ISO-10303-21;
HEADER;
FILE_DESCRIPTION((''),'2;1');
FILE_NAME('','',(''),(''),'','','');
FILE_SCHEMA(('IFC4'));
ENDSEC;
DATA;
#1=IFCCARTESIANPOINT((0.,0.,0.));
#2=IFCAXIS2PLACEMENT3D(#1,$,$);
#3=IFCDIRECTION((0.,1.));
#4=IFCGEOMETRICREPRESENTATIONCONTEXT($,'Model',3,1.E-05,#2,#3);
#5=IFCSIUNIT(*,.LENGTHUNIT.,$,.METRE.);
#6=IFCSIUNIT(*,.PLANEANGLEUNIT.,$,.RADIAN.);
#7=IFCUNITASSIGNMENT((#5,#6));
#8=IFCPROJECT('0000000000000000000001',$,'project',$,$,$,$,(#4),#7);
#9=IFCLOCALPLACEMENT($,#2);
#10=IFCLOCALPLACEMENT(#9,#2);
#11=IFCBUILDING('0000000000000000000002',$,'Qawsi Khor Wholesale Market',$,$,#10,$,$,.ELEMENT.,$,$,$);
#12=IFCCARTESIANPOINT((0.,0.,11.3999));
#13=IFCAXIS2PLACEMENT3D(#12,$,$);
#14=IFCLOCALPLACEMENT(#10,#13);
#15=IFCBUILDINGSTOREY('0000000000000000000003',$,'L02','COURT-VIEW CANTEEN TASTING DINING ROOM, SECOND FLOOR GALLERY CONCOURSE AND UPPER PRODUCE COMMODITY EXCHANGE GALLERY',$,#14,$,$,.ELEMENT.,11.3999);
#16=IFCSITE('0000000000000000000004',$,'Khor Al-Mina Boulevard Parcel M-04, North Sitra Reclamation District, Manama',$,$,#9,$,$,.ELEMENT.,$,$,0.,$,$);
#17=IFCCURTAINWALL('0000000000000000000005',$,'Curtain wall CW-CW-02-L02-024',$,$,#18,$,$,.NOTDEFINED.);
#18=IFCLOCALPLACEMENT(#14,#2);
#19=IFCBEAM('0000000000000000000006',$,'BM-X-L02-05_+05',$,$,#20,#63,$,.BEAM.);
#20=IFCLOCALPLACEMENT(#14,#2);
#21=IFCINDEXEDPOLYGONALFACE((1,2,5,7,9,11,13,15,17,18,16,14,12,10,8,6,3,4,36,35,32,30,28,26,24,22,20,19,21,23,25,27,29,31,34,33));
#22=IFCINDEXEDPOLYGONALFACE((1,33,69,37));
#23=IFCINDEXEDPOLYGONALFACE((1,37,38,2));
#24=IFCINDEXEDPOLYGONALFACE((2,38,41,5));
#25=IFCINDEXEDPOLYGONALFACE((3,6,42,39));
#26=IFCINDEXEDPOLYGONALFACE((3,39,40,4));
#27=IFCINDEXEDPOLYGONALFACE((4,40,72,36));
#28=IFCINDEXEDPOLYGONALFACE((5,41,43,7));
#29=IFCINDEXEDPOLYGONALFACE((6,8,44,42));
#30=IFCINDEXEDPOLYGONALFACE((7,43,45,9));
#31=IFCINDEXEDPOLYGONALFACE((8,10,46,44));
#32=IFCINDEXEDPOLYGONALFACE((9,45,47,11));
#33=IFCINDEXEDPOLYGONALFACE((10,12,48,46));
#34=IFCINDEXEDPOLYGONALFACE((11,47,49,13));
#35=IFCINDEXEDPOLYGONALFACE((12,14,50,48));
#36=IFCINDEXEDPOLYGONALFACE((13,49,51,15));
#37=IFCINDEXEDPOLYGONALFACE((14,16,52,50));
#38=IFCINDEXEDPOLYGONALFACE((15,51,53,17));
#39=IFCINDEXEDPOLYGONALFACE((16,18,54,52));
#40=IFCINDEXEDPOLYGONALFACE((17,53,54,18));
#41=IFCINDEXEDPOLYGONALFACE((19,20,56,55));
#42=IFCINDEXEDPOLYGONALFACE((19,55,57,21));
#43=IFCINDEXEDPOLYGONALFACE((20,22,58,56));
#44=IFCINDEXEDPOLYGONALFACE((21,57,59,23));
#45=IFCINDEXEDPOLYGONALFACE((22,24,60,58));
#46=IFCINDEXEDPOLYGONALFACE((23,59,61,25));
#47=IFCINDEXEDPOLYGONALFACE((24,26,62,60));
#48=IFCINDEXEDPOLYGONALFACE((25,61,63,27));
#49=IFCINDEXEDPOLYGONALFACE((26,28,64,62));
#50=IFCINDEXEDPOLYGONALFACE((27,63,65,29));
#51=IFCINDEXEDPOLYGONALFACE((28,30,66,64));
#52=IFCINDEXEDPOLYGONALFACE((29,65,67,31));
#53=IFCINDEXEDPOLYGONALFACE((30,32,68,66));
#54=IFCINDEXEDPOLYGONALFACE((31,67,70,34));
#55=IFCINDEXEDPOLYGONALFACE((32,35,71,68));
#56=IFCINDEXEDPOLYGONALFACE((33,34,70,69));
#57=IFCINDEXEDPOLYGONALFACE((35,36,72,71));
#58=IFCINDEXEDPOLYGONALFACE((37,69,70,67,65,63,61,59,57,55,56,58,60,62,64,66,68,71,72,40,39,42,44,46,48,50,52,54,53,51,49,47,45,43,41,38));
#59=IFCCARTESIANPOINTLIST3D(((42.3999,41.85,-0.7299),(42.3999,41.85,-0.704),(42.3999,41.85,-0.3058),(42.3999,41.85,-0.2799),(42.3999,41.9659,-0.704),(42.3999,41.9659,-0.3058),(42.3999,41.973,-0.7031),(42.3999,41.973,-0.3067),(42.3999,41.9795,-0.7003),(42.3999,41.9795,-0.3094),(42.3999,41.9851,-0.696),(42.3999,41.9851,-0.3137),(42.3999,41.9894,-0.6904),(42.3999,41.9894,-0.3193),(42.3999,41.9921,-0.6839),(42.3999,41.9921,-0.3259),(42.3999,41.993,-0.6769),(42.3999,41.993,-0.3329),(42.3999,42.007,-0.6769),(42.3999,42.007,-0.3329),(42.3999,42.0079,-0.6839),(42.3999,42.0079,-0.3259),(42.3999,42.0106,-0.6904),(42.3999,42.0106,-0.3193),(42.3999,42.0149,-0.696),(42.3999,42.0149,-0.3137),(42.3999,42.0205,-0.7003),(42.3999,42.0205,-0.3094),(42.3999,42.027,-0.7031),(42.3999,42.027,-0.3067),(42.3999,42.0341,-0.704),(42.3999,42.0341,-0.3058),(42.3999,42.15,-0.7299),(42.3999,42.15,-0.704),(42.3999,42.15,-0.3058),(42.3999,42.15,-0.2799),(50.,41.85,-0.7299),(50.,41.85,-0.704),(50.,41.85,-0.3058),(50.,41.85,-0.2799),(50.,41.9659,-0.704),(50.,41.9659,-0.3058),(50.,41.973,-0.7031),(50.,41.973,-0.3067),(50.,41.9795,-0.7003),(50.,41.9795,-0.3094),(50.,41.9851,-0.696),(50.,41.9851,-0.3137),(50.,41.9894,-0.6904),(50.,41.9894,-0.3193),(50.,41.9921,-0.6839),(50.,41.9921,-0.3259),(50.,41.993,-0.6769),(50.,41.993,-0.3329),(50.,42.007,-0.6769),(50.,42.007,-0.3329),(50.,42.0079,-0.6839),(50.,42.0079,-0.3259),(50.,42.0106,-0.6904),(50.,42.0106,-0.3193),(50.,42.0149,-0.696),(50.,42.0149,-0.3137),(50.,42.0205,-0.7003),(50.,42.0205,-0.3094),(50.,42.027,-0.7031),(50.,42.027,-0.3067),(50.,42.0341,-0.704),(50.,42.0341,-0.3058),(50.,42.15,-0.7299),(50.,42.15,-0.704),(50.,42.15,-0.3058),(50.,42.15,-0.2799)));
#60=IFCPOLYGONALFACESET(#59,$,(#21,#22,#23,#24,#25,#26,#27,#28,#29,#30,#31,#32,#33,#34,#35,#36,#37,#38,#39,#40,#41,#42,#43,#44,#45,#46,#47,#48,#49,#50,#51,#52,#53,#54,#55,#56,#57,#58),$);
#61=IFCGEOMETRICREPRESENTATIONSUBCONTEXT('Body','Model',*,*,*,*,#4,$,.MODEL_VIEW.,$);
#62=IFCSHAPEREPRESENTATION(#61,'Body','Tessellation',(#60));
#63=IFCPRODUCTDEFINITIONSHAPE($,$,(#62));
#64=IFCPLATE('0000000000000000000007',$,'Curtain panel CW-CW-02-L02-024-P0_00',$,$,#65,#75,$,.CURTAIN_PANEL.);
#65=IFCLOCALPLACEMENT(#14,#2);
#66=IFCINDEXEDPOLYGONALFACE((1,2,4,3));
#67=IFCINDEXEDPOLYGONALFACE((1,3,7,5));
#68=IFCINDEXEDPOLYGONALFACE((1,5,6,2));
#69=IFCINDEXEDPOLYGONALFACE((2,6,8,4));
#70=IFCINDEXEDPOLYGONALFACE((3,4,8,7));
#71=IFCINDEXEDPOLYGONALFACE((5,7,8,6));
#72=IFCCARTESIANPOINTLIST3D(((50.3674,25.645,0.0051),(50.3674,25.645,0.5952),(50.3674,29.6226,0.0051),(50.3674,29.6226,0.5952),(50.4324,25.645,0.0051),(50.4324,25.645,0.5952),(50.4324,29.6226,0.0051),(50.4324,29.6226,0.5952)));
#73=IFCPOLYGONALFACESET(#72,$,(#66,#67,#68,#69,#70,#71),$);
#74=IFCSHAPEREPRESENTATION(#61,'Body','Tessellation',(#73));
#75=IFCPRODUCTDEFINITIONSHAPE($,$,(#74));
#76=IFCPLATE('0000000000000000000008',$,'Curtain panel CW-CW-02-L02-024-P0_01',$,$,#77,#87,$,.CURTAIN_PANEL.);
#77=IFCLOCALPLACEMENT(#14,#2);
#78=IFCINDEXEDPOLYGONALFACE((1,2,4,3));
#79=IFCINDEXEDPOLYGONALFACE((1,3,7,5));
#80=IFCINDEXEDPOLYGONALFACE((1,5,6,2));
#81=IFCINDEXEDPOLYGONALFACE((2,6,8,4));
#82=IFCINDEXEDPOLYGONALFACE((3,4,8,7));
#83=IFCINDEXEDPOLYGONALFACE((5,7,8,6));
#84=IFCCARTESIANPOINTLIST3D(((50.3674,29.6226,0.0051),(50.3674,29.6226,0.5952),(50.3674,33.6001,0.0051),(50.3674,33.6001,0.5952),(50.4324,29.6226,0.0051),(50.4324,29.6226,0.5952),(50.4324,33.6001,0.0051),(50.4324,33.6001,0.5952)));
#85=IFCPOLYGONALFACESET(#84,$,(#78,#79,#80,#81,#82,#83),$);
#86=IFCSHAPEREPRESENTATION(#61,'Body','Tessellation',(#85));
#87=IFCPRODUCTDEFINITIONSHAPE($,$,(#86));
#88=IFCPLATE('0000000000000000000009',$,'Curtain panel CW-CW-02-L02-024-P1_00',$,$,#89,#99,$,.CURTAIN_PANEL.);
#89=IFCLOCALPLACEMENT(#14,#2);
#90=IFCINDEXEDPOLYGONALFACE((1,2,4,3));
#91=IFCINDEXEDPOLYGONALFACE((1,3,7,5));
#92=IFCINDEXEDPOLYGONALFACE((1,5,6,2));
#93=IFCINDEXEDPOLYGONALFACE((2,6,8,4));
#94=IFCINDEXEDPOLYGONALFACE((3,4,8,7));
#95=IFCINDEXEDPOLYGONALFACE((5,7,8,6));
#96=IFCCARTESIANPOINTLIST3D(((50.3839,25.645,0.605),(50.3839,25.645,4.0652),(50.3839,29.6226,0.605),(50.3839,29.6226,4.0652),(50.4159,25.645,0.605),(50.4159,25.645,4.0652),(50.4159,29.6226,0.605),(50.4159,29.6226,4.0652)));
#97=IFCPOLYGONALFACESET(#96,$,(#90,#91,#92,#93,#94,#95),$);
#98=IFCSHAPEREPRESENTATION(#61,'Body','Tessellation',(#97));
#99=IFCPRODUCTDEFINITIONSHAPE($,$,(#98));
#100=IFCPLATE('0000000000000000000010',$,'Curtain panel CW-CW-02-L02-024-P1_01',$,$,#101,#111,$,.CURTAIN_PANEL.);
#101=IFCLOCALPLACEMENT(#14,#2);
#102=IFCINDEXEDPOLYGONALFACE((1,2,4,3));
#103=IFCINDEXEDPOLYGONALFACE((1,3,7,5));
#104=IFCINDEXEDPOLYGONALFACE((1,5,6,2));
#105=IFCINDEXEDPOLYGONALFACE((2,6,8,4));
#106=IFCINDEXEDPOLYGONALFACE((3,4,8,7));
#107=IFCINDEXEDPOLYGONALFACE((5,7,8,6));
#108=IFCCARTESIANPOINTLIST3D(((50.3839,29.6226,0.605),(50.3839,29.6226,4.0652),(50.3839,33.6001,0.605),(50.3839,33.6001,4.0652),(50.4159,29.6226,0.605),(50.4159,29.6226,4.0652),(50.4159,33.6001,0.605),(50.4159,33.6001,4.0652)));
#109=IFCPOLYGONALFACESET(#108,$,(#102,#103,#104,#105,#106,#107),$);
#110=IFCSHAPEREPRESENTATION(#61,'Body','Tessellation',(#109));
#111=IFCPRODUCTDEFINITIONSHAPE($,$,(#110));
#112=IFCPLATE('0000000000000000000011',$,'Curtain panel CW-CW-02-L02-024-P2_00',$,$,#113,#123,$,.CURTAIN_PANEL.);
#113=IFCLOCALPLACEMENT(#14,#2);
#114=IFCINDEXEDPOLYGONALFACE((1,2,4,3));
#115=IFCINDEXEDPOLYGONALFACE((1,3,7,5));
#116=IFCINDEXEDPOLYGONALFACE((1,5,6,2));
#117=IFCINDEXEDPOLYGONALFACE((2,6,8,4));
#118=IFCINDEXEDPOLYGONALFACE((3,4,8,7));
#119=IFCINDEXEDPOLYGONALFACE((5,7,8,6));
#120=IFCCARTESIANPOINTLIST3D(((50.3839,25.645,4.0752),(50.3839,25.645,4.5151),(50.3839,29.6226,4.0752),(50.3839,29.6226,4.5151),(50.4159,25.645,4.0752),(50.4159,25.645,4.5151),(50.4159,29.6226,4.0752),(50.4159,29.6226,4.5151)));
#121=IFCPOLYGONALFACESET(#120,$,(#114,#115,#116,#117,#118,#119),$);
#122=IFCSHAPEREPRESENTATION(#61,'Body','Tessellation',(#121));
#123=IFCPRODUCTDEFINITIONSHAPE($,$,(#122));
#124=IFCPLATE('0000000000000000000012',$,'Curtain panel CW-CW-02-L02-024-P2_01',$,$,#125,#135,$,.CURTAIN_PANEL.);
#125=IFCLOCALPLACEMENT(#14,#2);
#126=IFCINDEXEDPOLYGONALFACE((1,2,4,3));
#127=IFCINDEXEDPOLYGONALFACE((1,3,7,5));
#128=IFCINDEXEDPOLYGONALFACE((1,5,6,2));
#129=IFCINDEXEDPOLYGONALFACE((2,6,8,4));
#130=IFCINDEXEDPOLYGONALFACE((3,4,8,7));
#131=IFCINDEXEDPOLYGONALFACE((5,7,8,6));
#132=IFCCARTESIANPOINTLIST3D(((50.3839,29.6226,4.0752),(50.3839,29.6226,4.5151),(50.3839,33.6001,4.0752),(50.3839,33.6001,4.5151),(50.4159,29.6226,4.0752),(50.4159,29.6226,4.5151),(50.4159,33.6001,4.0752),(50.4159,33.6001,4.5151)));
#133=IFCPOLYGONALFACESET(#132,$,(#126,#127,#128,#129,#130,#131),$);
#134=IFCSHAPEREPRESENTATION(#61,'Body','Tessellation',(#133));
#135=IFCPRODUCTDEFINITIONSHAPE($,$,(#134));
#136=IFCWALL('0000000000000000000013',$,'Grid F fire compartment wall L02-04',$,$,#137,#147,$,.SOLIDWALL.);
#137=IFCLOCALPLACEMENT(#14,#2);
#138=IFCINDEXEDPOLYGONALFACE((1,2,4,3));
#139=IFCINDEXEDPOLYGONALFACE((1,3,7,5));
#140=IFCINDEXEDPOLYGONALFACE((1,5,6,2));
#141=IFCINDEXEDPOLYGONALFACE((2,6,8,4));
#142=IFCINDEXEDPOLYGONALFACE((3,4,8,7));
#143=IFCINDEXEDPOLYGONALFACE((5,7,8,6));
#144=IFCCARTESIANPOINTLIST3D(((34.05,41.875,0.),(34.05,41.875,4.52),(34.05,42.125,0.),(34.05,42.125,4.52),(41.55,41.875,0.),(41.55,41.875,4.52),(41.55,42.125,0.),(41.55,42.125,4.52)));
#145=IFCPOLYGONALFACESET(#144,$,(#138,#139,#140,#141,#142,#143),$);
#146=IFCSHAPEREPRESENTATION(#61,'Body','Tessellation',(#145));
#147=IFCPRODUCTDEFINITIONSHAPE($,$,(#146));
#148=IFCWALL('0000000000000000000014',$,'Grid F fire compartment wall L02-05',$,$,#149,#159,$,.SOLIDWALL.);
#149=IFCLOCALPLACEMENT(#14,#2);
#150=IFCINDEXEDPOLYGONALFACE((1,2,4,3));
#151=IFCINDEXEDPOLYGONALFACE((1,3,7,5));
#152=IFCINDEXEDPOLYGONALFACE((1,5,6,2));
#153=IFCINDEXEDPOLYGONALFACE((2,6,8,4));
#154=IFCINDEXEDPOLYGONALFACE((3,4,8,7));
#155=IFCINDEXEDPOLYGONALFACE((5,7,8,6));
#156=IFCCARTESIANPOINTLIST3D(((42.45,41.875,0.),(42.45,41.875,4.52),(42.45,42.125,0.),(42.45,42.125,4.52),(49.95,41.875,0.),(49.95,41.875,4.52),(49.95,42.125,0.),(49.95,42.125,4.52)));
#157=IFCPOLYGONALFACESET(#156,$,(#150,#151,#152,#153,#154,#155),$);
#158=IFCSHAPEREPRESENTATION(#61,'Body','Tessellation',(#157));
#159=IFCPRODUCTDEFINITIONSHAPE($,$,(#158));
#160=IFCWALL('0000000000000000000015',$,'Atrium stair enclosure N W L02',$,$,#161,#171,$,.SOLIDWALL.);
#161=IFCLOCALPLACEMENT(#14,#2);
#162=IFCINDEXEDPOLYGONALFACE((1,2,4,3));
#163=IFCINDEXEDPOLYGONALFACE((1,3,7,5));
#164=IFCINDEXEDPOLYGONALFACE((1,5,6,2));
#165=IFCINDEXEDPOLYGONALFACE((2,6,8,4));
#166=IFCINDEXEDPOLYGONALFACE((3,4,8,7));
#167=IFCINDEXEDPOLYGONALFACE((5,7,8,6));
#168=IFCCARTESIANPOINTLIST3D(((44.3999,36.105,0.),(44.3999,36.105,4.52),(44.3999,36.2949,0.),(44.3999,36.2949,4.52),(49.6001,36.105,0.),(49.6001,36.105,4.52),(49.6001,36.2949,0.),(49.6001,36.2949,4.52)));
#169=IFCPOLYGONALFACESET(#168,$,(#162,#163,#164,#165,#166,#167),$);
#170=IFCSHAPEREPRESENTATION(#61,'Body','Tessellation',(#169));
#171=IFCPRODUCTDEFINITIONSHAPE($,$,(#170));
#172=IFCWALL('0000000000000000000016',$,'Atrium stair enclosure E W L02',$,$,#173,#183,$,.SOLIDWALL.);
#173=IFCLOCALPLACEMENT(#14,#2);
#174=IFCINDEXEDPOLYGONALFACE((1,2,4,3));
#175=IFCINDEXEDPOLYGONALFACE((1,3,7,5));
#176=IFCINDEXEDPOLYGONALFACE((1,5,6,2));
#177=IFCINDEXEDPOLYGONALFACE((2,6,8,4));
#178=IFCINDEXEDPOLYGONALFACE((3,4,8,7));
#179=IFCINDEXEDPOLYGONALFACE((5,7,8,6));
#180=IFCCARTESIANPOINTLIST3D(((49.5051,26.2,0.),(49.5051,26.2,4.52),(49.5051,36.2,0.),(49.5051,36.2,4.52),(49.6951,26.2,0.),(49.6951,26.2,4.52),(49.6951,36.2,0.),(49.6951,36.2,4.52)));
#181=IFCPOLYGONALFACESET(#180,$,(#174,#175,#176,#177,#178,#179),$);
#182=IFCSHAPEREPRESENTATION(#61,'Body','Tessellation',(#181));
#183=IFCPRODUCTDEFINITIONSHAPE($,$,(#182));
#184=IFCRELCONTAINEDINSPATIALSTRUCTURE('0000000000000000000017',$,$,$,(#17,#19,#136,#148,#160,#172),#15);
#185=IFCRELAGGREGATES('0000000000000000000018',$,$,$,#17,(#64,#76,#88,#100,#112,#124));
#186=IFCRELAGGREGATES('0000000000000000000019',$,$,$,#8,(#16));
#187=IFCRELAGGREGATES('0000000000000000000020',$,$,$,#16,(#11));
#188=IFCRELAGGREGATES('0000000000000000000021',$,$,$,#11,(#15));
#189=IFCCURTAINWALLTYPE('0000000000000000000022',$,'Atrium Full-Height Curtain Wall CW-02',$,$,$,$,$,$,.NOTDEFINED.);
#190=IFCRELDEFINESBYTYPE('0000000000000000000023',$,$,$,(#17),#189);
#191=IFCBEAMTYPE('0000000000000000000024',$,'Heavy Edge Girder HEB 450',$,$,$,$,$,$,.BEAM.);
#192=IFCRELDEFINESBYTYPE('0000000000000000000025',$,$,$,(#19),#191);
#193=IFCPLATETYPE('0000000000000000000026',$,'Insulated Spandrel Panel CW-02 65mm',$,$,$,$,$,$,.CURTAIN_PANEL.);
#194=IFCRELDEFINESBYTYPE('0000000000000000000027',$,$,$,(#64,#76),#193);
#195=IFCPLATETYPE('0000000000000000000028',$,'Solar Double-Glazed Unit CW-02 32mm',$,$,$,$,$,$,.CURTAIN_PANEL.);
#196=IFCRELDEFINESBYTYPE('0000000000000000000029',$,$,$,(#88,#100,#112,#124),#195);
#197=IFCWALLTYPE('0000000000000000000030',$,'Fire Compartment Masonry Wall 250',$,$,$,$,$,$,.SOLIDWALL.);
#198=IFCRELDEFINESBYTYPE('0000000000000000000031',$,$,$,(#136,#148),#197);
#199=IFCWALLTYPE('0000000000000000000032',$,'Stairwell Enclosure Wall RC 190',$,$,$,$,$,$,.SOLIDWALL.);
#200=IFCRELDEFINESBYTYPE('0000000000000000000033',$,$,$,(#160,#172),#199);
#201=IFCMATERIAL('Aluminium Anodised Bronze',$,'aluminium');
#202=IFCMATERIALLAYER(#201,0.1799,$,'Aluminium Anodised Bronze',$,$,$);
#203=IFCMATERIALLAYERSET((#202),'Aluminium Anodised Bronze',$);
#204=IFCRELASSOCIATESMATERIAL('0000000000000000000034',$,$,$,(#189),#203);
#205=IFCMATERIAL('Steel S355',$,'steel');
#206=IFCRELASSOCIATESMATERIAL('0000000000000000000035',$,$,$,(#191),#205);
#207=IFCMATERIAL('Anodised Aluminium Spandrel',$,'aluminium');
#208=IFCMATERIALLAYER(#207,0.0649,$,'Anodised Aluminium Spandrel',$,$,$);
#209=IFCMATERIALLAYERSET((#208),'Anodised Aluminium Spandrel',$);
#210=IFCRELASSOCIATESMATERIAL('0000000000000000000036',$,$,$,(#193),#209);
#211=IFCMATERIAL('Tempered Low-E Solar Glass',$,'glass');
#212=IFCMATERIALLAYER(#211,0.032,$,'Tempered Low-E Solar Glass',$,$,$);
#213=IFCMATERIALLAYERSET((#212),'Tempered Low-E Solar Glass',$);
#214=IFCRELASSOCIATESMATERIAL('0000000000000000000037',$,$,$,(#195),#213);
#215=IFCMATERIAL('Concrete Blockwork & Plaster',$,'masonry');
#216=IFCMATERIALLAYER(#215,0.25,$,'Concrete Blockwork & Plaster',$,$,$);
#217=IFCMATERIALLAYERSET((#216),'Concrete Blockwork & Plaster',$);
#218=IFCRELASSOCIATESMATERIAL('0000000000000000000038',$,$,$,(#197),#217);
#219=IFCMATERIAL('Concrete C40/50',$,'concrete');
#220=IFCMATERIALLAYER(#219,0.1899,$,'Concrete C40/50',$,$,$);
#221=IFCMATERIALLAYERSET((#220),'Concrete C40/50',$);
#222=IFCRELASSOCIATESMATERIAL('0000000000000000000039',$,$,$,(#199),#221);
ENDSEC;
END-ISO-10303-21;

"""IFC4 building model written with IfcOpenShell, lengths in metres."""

from ifc_helpers import new_model, si_unit, direction, frame, frame_2d, origin, origin_2d, place, context, subcontext, project, spatial, rectangle, i_section, extrude, material, layer, layer_set, material_profile, profile_set, type_object, element, aggregate, save


model = new_model("IFC4")

# Units and contexts
model_context = context("Model", 3, precision=1e-05, world=origin(), true_north=direction((0.0, 1.0)))
body_context = subcontext(model_context, "Body", "Model", "MODEL_VIEW")
ifc_project = project(units=[si_unit("LENGTHUNIT", "METRE"), si_unit("PLANEANGLEUNIT", "RADIAN")], contexts=[model_context])

# Site, building, storey
site_placement = place(None, origin())
site = spatial("IfcSite", under=ifc_project, at=site_placement, Name="Khor Al-Mina Boulevard Parcel M-04, North Sitra Reclamation District, Manama", CompositionType="ELEMENT", RefElevation=0.0)
building_placement = place(site_placement, origin())
building = spatial("IfcBuilding", under=site, at=building_placement, Name="Qawsi Khor Wholesale Market", CompositionType="ELEMENT")
storey_placement = place(building_placement, frame((0.0, 0.0, 11.3999)))
storey = spatial("IfcBuildingStorey", under=building, at=storey_placement, Name="L02", Description="COURT-VIEW CANTEEN TASTING DINING ROOM, SECOND FLOOR GALLERY CONCOURSE AND UPPER PRODUCE COMMODITY EXCHANGE GALLERY", CompositionType="ELEMENT", Elevation=11.3999)

# Shared definitions
ifc_material_1 = material(Name="Concrete C40/50", Category="concrete")

# Curtain wall
ifc_material_2 = material(Name="Aluminium Anodised Bronze", Category="aluminium")
ifc_layer_1 = layer(ifc_material_2, 0.1799, Name="Aluminium Anodised Bronze")
ifc_layer_set_1 = layer_set([ifc_layer_1], Name="Aluminium Anodised Bronze")
curtain_wall_type = type_object("IfcCurtainWallType", Name="Atrium Full-Height Curtain Wall CW-02", PredefinedType="NOTDEFINED", material=ifc_layer_set_1)
curtain_wall_placement = place(storey_placement, origin())
curtain_wall = element("IfcCurtainWall", 1, at=curtain_wall_placement, inside=storey, type_object=curtain_wall_type, Name="Curtain wall CW-CW-02-L02-024", PredefinedType="NOTDEFINED")

# Beam
ifc_material_3 = material(Name="Steel S355", Category="steel")
ifc_material_profile_1 = material_profile(ifc_material_3, i_section(OverallWidth=0.3, OverallDepth=0.45, WebThickness=0.0139, FlangeThickness=0.0259, FilletRadius=0.0271, at=origin_2d()), Name="HEB 450")
ifc_profile_set_1 = profile_set([ifc_material_profile_1], Name="Steel S355")
beam_type = type_object("IfcBeamType", Name="Heavy Edge Girder HEB 450", PredefinedType="BEAM", material=ifc_profile_set_1)
for number, where, z_axis, x_axis, name in (
    (2, (42.3999, 42.0, -0.5049), (1.0, 0.0, 0.0), (0.0, 1.0, 0.0), "BM-X-L02-05_+05"),
):
    element("IfcBeam", number, at=place(storey_placement, frame(where, z_axis=z_axis, x_axis=x_axis)), inside=storey, type_object=beam_type, Name=name, PredefinedType="BEAM", context=body_context, shape_type="SweptSolid", body=[
        extrude(i_section(OverallWidth=0.3, OverallDepth=0.45, WebThickness=0.0139, FlangeThickness=0.0259, FilletRadius=0.0271, at=origin_2d()), origin(), (0.0, 0.0, 1.0), 7.6001),
    ])

# Plates
ifc_material_4 = material(Name="Anodised Aluminium Spandrel", Category="aluminium")
ifc_layer_2 = layer(ifc_material_4, 0.0649, Name="Anodised Aluminium Spandrel")
ifc_layer_set_2 = layer_set([ifc_layer_2], Name="Anodised Aluminium Spandrel")
plate_type_1 = type_object("IfcPlateType", Name="Insulated Spandrel Panel CW-02 65mm", PredefinedType="CURTAIN_PANEL", material=ifc_layer_set_2)
plate_1_placement = place(storey_placement, frame((50.3999, 25.645, 0.0051), z_axis=(0.0, 0.0, 1.0), x_axis=(0.0, 1.0, 0.0)))
plate_1 = element("IfcPlate", 3, at=plate_1_placement, type_object=plate_type_1, Name="Curtain panel CW-CW-02-L02-024-P0_00", PredefinedType="CURTAIN_PANEL", context=body_context, shape_type="SweptSolid", body=[
    extrude(rectangle(XDim=3.9775, YDim=0.0649, at=frame_2d((1.9888, 0.0))), origin(), (0.0, 0.0, 1.0), 0.5901),
])
plate_2_placement = place(storey_placement, frame((50.3999, 29.6226, 0.0051), z_axis=(0.0, 0.0, 1.0), x_axis=(0.0, 1.0, 0.0)))
plate_2 = element("IfcPlate", 4, at=plate_2_placement, type_object=plate_type_1, Name="Curtain panel CW-CW-02-L02-024-P0_01", PredefinedType="CURTAIN_PANEL", context=body_context, shape_type="SweptSolid", body=[
    extrude(rectangle(XDim=3.9775, YDim=0.0649, at=frame_2d((1.9888, 0.0))), origin(), (0.0, 0.0, 1.0), 0.5901),
])
ifc_material_5 = material(Name="Tempered Low-E Solar Glass", Category="glass")
ifc_layer_3 = layer(ifc_material_5, 0.032, Name="Tempered Low-E Solar Glass")
ifc_layer_set_3 = layer_set([ifc_layer_3], Name="Tempered Low-E Solar Glass")
plate_type_2 = type_object("IfcPlateType", Name="Solar Double-Glazed Unit CW-02 32mm", PredefinedType="CURTAIN_PANEL", material=ifc_layer_set_3)
plate_3_placement = place(storey_placement, frame((50.3999, 25.645, 0.605), z_axis=(0.0, 0.0, 1.0), x_axis=(0.0, 1.0, 0.0)))
plate_3 = element("IfcPlate", 5, at=plate_3_placement, type_object=plate_type_2, Name="Curtain panel CW-CW-02-L02-024-P1_00", PredefinedType="CURTAIN_PANEL", context=body_context, shape_type="SweptSolid", body=[
    extrude(rectangle(XDim=3.9775, YDim=0.032, at=frame_2d((1.9888, 0.0))), origin(), (0.0, 0.0, 1.0), 3.4602),
])
plate_4_placement = place(storey_placement, frame((50.3999, 29.6226, 0.605), z_axis=(0.0, 0.0, 1.0), x_axis=(0.0, 1.0, 0.0)))
plate_4 = element("IfcPlate", 6, at=plate_4_placement, type_object=plate_type_2, Name="Curtain panel CW-CW-02-L02-024-P1_01", PredefinedType="CURTAIN_PANEL", context=body_context, shape_type="SweptSolid", body=[
    extrude(rectangle(XDim=3.9775, YDim=0.032, at=frame_2d((1.9888, 0.0))), origin(), (0.0, 0.0, 1.0), 3.4602),
])
plate_5_placement = place(storey_placement, frame((50.3999, 25.645, 4.0752), z_axis=(0.0, 0.0, 1.0), x_axis=(0.0, 1.0, 0.0)))
plate_5 = element("IfcPlate", 7, at=plate_5_placement, type_object=plate_type_2, Name="Curtain panel CW-CW-02-L02-024-P2_00", PredefinedType="CURTAIN_PANEL", context=body_context, shape_type="SweptSolid", body=[
    extrude(rectangle(XDim=3.9775, YDim=0.032, at=frame_2d((1.9888, 0.0))), origin(), (0.0, 0.0, 1.0), 0.4399),
])
plate_6_placement = place(storey_placement, frame((50.3999, 29.6226, 4.0752), z_axis=(0.0, 0.0, 1.0), x_axis=(0.0, 1.0, 0.0)))
plate_6 = element("IfcPlate", 8, at=plate_6_placement, type_object=plate_type_2, Name="Curtain panel CW-CW-02-L02-024-P2_01", PredefinedType="CURTAIN_PANEL", context=body_context, shape_type="SweptSolid", body=[
    extrude(rectangle(XDim=3.9775, YDim=0.032, at=frame_2d((1.9888, 0.0))), origin(), (0.0, 0.0, 1.0), 0.4399),
])
aggregate(curtain_wall, [plate_1, plate_2, plate_3, plate_4, plate_5, plate_6])

# Walls
ifc_material_6 = material(Name="Concrete Blockwork & Plaster", Category="masonry")
ifc_layer_4 = layer(ifc_material_6, 0.25, Name="Concrete Blockwork & Plaster")
ifc_layer_set_4 = layer_set([ifc_layer_4], Name="Concrete Blockwork & Plaster")
wall_type_1 = type_object("IfcWallType", Name="Fire Compartment Masonry Wall 250", PredefinedType="SOLIDWALL", material=ifc_layer_set_4)
for number, where, z_axis, x_axis, name in (
    (9, (34.05, 42.0, 0.0), (0.0, 0.0, 1.0), (1.0, 0.0, 0.0), "Grid F fire compartment wall L02-04"),
    (10, (42.45, 42.0, 0.0), (0.0, 0.0, 1.0), (1.0, 0.0, 0.0), "Grid F fire compartment wall L02-05"),
):
    element("IfcWall", number, at=place(storey_placement, frame(where, z_axis=z_axis, x_axis=x_axis)), inside=storey, type_object=wall_type_1, Name=name, PredefinedType="SOLIDWALL", context=body_context, shape_type="SweptSolid", body=[
        extrude(rectangle(XDim=7.5, YDim=0.25, at=frame_2d((3.75, 0.0))), origin(), (0.0, 0.0, 1.0), 4.52),
    ])
ifc_layer_5 = layer(ifc_material_1, 0.1899, Name="Concrete C40/50")
ifc_layer_set_5 = layer_set([ifc_layer_5], Name="Concrete C40/50")
wall_type_2 = type_object("IfcWallType", Name="Stairwell Enclosure Wall RC 190", PredefinedType="SOLIDWALL", material=ifc_layer_set_5)
wall_1_placement = place(storey_placement, frame((44.3999, 36.2, 0.0), z_axis=(0.0, 0.0, 1.0), x_axis=(1.0, 0.0, 0.0)))
element("IfcWall", 11, at=wall_1_placement, inside=storey, type_object=wall_type_2, Name="Atrium stair enclosure N W L02", PredefinedType="SOLIDWALL", context=body_context, shape_type="SweptSolid", body=[
    extrude(rectangle(XDim=5.2002, YDim=0.1899, at=frame_2d((2.6001, 0.0))), origin(), (0.0, 0.0, 1.0), 4.52),
])
wall_2_placement = place(storey_placement, frame((49.6001, 26.2, 0.0), z_axis=(0.0, 0.0, 1.0), x_axis=(0.0, 1.0, 0.0)))
element("IfcWall", 12, at=wall_2_placement, inside=storey, type_object=wall_type_2, Name="Atrium stair enclosure E W L02", PredefinedType="SOLIDWALL", context=body_context, shape_type="SweptSolid", body=[
    extrude(rectangle(XDim=10.0, YDim=0.1899, at=frame_2d((5.0, 0.0))), origin(), (0.0, 0.0, 1.0), 4.52),
])

save(model, "model.ifc")
